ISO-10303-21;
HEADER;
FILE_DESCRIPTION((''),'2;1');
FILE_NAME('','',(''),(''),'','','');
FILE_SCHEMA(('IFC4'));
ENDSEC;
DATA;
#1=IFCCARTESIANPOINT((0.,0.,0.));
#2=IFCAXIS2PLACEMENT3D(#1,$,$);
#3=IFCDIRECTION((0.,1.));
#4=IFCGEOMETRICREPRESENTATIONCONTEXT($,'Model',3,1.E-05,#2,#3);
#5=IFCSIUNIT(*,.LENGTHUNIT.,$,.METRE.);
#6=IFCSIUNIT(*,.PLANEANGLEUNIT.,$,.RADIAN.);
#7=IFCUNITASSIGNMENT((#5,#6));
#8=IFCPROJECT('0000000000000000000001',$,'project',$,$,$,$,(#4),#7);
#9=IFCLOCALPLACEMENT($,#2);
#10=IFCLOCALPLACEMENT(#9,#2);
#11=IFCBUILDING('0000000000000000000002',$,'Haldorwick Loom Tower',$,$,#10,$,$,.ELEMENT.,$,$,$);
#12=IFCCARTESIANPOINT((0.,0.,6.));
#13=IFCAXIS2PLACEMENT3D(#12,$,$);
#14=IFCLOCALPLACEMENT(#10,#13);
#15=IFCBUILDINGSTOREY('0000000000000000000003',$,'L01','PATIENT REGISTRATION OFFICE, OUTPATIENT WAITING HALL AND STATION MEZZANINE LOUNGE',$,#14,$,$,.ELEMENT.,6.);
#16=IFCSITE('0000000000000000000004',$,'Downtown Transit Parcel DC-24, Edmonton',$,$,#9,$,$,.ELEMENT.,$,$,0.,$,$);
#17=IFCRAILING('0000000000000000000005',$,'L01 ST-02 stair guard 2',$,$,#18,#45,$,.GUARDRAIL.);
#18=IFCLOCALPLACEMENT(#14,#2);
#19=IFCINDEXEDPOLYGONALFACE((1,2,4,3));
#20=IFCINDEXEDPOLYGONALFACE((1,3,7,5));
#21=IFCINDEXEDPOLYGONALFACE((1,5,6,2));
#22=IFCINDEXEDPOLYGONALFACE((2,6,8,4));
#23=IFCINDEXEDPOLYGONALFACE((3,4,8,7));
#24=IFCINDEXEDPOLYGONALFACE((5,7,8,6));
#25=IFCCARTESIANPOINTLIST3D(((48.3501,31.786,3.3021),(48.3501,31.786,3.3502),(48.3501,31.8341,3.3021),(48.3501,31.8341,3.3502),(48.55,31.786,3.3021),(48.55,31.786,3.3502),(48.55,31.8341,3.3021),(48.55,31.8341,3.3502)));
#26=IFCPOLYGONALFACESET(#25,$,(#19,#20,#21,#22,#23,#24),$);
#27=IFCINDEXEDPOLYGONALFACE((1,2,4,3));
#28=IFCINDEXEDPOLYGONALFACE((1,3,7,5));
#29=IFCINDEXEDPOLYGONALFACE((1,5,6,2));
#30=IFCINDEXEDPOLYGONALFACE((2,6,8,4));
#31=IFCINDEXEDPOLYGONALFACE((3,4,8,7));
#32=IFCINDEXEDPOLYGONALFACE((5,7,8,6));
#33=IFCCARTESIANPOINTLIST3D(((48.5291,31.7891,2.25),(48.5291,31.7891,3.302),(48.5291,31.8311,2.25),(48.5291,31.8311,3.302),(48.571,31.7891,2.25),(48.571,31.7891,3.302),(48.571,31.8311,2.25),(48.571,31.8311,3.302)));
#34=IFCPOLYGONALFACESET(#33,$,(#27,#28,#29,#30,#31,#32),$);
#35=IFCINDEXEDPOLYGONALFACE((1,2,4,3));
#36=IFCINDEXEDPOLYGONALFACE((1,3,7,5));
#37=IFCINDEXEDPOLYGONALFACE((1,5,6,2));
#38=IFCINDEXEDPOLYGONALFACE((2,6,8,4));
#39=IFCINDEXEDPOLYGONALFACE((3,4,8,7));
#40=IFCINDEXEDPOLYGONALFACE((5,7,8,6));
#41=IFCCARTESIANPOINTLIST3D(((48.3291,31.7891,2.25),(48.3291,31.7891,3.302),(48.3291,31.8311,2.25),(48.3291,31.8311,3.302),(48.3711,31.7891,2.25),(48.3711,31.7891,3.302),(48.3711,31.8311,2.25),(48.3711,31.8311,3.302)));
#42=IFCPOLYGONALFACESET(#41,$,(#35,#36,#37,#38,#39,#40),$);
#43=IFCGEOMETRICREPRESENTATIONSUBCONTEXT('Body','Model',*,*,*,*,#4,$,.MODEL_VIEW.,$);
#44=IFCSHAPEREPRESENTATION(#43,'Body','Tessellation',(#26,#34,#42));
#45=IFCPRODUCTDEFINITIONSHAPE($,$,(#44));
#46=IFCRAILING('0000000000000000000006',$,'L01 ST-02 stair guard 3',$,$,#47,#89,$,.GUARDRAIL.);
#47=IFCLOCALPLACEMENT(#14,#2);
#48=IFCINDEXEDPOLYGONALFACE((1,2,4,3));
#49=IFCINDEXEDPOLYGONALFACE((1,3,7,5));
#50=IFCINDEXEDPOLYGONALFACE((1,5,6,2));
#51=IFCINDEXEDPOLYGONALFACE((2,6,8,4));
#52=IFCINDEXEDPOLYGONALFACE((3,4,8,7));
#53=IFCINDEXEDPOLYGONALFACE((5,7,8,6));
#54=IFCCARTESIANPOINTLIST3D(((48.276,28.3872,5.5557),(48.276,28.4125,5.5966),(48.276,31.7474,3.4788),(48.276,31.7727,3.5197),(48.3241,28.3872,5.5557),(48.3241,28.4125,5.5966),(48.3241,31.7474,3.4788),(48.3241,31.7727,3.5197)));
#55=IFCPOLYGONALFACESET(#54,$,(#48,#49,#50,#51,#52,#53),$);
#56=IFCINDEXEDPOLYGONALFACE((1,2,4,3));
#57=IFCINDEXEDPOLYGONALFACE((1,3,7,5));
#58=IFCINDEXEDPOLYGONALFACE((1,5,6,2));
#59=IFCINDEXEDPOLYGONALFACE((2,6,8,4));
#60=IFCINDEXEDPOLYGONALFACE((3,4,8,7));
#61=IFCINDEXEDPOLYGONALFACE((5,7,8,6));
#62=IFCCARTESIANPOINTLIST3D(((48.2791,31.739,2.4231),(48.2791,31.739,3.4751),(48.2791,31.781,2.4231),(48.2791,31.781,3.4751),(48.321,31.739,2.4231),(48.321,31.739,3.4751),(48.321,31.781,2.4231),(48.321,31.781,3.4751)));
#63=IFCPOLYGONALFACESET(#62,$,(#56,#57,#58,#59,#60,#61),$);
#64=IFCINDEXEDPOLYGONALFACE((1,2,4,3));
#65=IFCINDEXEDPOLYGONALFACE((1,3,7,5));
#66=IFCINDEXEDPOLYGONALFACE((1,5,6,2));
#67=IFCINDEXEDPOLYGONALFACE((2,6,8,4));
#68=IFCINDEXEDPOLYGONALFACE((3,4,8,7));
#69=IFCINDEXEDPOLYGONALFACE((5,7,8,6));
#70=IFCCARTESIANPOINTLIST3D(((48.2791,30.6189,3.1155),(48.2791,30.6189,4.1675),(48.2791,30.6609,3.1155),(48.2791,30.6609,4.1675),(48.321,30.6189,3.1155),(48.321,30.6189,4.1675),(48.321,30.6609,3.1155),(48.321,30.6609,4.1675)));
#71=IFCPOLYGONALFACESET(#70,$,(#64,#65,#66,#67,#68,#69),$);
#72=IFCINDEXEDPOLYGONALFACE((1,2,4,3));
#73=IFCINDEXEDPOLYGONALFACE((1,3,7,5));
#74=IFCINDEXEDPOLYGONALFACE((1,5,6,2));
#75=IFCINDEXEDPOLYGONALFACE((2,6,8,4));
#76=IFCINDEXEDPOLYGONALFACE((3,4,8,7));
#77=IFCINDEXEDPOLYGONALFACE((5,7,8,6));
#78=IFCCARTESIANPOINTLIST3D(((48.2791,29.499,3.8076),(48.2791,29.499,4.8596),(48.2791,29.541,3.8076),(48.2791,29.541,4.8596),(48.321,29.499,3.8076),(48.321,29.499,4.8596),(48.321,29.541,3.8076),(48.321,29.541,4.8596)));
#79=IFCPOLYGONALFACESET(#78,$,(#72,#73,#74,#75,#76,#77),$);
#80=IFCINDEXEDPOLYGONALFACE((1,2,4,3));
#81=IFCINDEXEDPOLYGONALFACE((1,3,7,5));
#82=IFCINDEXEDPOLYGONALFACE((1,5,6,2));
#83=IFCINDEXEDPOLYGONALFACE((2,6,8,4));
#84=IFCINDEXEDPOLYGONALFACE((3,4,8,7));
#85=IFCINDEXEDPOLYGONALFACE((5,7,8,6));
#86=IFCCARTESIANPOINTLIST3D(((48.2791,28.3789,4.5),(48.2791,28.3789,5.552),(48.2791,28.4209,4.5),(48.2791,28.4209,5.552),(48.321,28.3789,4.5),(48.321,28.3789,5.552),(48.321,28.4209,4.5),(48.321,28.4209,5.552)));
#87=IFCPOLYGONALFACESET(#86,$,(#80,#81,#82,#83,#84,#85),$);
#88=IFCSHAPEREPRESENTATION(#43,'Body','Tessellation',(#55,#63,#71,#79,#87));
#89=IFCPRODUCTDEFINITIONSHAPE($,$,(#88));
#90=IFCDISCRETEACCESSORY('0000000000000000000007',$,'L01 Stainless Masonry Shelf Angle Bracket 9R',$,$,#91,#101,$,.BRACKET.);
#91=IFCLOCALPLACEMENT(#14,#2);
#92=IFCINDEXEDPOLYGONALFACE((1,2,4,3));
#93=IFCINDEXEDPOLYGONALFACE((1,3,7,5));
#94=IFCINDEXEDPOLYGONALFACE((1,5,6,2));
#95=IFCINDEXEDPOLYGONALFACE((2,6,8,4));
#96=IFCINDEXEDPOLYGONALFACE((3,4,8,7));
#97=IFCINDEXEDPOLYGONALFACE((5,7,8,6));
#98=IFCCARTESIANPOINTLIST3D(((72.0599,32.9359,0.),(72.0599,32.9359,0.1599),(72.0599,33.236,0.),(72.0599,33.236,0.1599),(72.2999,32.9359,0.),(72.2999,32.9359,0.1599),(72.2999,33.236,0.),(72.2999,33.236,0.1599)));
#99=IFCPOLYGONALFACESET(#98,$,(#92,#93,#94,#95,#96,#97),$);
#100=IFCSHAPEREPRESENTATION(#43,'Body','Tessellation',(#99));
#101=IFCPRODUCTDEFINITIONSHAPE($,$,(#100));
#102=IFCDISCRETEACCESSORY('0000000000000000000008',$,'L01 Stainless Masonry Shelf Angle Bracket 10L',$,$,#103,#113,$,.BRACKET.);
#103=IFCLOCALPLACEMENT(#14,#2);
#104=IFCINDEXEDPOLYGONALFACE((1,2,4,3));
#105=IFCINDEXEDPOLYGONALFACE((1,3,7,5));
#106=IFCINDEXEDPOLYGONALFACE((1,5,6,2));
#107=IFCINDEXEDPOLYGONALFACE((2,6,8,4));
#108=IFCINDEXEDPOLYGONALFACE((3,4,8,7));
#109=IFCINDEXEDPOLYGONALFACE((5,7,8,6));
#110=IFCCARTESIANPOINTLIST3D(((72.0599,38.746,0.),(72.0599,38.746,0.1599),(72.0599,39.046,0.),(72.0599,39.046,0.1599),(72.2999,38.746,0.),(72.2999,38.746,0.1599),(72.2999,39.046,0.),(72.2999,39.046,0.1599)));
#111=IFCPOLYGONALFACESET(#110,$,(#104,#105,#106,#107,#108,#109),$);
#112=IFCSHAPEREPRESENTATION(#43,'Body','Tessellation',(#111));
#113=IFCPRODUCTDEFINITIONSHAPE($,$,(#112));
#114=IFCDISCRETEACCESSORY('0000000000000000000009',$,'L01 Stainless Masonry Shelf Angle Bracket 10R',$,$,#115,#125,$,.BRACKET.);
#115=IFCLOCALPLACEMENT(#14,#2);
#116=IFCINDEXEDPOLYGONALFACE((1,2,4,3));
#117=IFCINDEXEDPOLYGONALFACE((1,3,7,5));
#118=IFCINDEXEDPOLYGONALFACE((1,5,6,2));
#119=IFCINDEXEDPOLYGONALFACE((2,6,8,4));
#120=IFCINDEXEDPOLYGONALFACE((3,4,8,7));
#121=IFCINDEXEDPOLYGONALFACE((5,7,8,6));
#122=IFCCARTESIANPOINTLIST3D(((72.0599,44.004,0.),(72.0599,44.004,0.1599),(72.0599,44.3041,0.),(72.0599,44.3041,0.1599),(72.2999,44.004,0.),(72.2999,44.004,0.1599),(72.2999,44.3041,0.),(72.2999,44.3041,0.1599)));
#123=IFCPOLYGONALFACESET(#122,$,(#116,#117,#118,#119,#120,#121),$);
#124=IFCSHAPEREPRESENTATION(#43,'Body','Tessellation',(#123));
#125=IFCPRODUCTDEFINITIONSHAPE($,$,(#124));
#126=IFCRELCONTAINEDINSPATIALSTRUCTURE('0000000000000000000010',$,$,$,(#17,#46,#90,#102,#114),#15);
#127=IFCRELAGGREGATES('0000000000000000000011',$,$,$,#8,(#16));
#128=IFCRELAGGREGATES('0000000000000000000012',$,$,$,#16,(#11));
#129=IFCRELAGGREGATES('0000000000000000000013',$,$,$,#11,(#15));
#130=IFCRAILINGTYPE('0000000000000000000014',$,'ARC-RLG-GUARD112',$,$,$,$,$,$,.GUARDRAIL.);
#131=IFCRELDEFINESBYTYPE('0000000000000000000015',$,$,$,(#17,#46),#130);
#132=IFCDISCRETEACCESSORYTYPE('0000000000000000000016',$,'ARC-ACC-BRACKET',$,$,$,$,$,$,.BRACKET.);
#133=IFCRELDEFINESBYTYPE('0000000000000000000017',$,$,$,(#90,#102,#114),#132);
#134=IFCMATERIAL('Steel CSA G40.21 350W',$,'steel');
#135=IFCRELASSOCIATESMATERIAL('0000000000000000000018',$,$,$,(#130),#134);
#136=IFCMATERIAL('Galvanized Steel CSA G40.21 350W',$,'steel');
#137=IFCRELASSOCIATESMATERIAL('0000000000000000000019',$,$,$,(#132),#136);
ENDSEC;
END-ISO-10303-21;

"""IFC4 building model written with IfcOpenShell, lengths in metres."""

from ifc_helpers import new_model, si_unit, direction, frame, origin, origin_2d, place, context, subcontext, project, spatial, rectangle, extrude, material, type_object, element, save


model = new_model("IFC4")

# Units and contexts
model_context = context("Model", 3, precision=1e-05, world=origin(), true_north=direction((0.0, 1.0)))
body_context = subcontext(model_context, "Body", "Model", "MODEL_VIEW")
ifc_project = project(units=[si_unit("LENGTHUNIT", "METRE"), si_unit("PLANEANGLEUNIT", "RADIAN")], contexts=[model_context])

# Site, building, storey
site_placement = place(None, origin())
site = spatial("IfcSite", under=ifc_project, at=site_placement, Name="Downtown Transit Parcel DC-24, Edmonton", CompositionType="ELEMENT", RefElevation=0.0)
building_placement = place(site_placement, origin())
building = spatial("IfcBuilding", under=site, at=building_placement, Name="Haldorwick Loom Tower", CompositionType="ELEMENT")
storey_placement = place(building_placement, frame((0.0, 0.0, 6.0)))
storey = spatial("IfcBuildingStorey", under=building, at=storey_placement, Name="L01", Description="PATIENT REGISTRATION OFFICE, OUTPATIENT WAITING HALL AND STATION MEZZANINE LOUNGE", CompositionType="ELEMENT", Elevation=6.0)

# Shared definitions
ifc_material_1 = material(Name="Steel CSA G40.21 350W", Category="steel")

# Railings
railing_type = type_object("IfcRailingType", Name="ARC-RLG-GUARD112", PredefinedType="GUARDRAIL", material=ifc_material_1)
railing_1_placement = place(storey_placement, frame((48.55, 31.8101, 2.25)))
element("IfcRailing", 1, at=railing_1_placement, inside=storey, type_object=railing_type, Name="L01 ST-02 stair guard 2", PredefinedType="GUARDRAIL", context=body_context, shape_type="SweptSolid", body=[
    extrude(rectangle(XDim=0.0481, YDim=0.0481, at=origin_2d()), frame((0.0, 0.0, 1.0762), z_axis=(-1.0, 0.0, 0.0), x_axis=(0.0, -1.0, 0.0)), (0.0, 0.0, 1.0), 0.2),
    extrude(rectangle(XDim=0.042, YDim=0.042, at=origin_2d()), origin(), (0.0, 0.0, 1.0), 1.052),
    extrude(rectangle(XDim=0.042, YDim=0.042, at=origin_2d()), frame((-0.2, 0.0, 0.0)), (0.0, 0.0, 1.0), 1.052),
])
railing_2_placement = place(storey_placement, frame((48.3, 31.76, 2.4231)))
element("IfcRailing", 2, at=railing_2_placement, inside=storey, type_object=railing_type, Name="L01 ST-02 stair guard 3", PredefinedType="GUARDRAIL", context=body_context, shape_type="SweptSolid", body=[
    extrude(rectangle(XDim=0.0481, YDim=0.0481, at=origin_2d()), frame((0.0, 0.0, 1.0762), z_axis=(0.0, -0.850623, 0.525776), x_axis=(1.0, 0.0, 0.0)), (0.0, 0.0, 1.0), 3.9502),
    extrude(rectangle(XDim=0.042, YDim=0.042, at=origin_2d()), origin(), (0.0, 0.0, 1.0), 1.052),
    extrude(rectangle(XDim=0.042, YDim=0.042, at=origin_2d()), frame((0.0, -1.1201, 0.6924)), (0.0, 0.0, 1.0), 1.052),
    extrude(rectangle(XDim=0.042, YDim=0.042, at=origin_2d()), frame((0.0, -2.24, 1.3845)), (0.0, 0.0, 1.0), 1.052),
    extrude(rectangle(XDim=0.042, YDim=0.042, at=origin_2d()), frame((0.0, -3.3601, 2.0769)), (0.0, 0.0, 1.0), 1.052),
])

# Discrete accessories
ifc_material_2 = material(Name="Galvanized Steel CSA G40.21 350W", Category="steel")
discrete_accessory_type = type_object("IfcDiscreteAccessoryType", Name="ARC-ACC-BRACKET", PredefinedType="BRACKET", material=ifc_material_2)
for number, where, z_axis, x_axis, name in (
    (3, (72.1799, 33.0859, 0.0), (0.0, 0.0, 1.0), (0.0, 1.0, 0.0), "L01 Stainless Masonry Shelf Angle Bracket 9R"),
    (4, (72.1799, 38.896, 0.0), (0.0, 0.0, 1.0), (0.0, 1.0, 0.0), "L01 Stainless Masonry Shelf Angle Bracket 10L"),
    (5, (72.1799, 44.1541, 0.0), (0.0, 0.0, 1.0), (0.0, 1.0, 0.0), "L01 Stainless Masonry Shelf Angle Bracket 10R"),
):
    element("IfcDiscreteAccessory", number, at=place(storey_placement, frame(where, z_axis=z_axis, x_axis=x_axis)), inside=storey, type_object=discrete_accessory_type, Name=name, PredefinedType="BRACKET", context=body_context, shape_type="SweptSolid", body=[
        extrude(rectangle(XDim=0.3, YDim=0.24, at=origin_2d()), origin(), (0.0, 0.0, 1.0), 0.1599),
    ])

save(model, "model.ifc")
